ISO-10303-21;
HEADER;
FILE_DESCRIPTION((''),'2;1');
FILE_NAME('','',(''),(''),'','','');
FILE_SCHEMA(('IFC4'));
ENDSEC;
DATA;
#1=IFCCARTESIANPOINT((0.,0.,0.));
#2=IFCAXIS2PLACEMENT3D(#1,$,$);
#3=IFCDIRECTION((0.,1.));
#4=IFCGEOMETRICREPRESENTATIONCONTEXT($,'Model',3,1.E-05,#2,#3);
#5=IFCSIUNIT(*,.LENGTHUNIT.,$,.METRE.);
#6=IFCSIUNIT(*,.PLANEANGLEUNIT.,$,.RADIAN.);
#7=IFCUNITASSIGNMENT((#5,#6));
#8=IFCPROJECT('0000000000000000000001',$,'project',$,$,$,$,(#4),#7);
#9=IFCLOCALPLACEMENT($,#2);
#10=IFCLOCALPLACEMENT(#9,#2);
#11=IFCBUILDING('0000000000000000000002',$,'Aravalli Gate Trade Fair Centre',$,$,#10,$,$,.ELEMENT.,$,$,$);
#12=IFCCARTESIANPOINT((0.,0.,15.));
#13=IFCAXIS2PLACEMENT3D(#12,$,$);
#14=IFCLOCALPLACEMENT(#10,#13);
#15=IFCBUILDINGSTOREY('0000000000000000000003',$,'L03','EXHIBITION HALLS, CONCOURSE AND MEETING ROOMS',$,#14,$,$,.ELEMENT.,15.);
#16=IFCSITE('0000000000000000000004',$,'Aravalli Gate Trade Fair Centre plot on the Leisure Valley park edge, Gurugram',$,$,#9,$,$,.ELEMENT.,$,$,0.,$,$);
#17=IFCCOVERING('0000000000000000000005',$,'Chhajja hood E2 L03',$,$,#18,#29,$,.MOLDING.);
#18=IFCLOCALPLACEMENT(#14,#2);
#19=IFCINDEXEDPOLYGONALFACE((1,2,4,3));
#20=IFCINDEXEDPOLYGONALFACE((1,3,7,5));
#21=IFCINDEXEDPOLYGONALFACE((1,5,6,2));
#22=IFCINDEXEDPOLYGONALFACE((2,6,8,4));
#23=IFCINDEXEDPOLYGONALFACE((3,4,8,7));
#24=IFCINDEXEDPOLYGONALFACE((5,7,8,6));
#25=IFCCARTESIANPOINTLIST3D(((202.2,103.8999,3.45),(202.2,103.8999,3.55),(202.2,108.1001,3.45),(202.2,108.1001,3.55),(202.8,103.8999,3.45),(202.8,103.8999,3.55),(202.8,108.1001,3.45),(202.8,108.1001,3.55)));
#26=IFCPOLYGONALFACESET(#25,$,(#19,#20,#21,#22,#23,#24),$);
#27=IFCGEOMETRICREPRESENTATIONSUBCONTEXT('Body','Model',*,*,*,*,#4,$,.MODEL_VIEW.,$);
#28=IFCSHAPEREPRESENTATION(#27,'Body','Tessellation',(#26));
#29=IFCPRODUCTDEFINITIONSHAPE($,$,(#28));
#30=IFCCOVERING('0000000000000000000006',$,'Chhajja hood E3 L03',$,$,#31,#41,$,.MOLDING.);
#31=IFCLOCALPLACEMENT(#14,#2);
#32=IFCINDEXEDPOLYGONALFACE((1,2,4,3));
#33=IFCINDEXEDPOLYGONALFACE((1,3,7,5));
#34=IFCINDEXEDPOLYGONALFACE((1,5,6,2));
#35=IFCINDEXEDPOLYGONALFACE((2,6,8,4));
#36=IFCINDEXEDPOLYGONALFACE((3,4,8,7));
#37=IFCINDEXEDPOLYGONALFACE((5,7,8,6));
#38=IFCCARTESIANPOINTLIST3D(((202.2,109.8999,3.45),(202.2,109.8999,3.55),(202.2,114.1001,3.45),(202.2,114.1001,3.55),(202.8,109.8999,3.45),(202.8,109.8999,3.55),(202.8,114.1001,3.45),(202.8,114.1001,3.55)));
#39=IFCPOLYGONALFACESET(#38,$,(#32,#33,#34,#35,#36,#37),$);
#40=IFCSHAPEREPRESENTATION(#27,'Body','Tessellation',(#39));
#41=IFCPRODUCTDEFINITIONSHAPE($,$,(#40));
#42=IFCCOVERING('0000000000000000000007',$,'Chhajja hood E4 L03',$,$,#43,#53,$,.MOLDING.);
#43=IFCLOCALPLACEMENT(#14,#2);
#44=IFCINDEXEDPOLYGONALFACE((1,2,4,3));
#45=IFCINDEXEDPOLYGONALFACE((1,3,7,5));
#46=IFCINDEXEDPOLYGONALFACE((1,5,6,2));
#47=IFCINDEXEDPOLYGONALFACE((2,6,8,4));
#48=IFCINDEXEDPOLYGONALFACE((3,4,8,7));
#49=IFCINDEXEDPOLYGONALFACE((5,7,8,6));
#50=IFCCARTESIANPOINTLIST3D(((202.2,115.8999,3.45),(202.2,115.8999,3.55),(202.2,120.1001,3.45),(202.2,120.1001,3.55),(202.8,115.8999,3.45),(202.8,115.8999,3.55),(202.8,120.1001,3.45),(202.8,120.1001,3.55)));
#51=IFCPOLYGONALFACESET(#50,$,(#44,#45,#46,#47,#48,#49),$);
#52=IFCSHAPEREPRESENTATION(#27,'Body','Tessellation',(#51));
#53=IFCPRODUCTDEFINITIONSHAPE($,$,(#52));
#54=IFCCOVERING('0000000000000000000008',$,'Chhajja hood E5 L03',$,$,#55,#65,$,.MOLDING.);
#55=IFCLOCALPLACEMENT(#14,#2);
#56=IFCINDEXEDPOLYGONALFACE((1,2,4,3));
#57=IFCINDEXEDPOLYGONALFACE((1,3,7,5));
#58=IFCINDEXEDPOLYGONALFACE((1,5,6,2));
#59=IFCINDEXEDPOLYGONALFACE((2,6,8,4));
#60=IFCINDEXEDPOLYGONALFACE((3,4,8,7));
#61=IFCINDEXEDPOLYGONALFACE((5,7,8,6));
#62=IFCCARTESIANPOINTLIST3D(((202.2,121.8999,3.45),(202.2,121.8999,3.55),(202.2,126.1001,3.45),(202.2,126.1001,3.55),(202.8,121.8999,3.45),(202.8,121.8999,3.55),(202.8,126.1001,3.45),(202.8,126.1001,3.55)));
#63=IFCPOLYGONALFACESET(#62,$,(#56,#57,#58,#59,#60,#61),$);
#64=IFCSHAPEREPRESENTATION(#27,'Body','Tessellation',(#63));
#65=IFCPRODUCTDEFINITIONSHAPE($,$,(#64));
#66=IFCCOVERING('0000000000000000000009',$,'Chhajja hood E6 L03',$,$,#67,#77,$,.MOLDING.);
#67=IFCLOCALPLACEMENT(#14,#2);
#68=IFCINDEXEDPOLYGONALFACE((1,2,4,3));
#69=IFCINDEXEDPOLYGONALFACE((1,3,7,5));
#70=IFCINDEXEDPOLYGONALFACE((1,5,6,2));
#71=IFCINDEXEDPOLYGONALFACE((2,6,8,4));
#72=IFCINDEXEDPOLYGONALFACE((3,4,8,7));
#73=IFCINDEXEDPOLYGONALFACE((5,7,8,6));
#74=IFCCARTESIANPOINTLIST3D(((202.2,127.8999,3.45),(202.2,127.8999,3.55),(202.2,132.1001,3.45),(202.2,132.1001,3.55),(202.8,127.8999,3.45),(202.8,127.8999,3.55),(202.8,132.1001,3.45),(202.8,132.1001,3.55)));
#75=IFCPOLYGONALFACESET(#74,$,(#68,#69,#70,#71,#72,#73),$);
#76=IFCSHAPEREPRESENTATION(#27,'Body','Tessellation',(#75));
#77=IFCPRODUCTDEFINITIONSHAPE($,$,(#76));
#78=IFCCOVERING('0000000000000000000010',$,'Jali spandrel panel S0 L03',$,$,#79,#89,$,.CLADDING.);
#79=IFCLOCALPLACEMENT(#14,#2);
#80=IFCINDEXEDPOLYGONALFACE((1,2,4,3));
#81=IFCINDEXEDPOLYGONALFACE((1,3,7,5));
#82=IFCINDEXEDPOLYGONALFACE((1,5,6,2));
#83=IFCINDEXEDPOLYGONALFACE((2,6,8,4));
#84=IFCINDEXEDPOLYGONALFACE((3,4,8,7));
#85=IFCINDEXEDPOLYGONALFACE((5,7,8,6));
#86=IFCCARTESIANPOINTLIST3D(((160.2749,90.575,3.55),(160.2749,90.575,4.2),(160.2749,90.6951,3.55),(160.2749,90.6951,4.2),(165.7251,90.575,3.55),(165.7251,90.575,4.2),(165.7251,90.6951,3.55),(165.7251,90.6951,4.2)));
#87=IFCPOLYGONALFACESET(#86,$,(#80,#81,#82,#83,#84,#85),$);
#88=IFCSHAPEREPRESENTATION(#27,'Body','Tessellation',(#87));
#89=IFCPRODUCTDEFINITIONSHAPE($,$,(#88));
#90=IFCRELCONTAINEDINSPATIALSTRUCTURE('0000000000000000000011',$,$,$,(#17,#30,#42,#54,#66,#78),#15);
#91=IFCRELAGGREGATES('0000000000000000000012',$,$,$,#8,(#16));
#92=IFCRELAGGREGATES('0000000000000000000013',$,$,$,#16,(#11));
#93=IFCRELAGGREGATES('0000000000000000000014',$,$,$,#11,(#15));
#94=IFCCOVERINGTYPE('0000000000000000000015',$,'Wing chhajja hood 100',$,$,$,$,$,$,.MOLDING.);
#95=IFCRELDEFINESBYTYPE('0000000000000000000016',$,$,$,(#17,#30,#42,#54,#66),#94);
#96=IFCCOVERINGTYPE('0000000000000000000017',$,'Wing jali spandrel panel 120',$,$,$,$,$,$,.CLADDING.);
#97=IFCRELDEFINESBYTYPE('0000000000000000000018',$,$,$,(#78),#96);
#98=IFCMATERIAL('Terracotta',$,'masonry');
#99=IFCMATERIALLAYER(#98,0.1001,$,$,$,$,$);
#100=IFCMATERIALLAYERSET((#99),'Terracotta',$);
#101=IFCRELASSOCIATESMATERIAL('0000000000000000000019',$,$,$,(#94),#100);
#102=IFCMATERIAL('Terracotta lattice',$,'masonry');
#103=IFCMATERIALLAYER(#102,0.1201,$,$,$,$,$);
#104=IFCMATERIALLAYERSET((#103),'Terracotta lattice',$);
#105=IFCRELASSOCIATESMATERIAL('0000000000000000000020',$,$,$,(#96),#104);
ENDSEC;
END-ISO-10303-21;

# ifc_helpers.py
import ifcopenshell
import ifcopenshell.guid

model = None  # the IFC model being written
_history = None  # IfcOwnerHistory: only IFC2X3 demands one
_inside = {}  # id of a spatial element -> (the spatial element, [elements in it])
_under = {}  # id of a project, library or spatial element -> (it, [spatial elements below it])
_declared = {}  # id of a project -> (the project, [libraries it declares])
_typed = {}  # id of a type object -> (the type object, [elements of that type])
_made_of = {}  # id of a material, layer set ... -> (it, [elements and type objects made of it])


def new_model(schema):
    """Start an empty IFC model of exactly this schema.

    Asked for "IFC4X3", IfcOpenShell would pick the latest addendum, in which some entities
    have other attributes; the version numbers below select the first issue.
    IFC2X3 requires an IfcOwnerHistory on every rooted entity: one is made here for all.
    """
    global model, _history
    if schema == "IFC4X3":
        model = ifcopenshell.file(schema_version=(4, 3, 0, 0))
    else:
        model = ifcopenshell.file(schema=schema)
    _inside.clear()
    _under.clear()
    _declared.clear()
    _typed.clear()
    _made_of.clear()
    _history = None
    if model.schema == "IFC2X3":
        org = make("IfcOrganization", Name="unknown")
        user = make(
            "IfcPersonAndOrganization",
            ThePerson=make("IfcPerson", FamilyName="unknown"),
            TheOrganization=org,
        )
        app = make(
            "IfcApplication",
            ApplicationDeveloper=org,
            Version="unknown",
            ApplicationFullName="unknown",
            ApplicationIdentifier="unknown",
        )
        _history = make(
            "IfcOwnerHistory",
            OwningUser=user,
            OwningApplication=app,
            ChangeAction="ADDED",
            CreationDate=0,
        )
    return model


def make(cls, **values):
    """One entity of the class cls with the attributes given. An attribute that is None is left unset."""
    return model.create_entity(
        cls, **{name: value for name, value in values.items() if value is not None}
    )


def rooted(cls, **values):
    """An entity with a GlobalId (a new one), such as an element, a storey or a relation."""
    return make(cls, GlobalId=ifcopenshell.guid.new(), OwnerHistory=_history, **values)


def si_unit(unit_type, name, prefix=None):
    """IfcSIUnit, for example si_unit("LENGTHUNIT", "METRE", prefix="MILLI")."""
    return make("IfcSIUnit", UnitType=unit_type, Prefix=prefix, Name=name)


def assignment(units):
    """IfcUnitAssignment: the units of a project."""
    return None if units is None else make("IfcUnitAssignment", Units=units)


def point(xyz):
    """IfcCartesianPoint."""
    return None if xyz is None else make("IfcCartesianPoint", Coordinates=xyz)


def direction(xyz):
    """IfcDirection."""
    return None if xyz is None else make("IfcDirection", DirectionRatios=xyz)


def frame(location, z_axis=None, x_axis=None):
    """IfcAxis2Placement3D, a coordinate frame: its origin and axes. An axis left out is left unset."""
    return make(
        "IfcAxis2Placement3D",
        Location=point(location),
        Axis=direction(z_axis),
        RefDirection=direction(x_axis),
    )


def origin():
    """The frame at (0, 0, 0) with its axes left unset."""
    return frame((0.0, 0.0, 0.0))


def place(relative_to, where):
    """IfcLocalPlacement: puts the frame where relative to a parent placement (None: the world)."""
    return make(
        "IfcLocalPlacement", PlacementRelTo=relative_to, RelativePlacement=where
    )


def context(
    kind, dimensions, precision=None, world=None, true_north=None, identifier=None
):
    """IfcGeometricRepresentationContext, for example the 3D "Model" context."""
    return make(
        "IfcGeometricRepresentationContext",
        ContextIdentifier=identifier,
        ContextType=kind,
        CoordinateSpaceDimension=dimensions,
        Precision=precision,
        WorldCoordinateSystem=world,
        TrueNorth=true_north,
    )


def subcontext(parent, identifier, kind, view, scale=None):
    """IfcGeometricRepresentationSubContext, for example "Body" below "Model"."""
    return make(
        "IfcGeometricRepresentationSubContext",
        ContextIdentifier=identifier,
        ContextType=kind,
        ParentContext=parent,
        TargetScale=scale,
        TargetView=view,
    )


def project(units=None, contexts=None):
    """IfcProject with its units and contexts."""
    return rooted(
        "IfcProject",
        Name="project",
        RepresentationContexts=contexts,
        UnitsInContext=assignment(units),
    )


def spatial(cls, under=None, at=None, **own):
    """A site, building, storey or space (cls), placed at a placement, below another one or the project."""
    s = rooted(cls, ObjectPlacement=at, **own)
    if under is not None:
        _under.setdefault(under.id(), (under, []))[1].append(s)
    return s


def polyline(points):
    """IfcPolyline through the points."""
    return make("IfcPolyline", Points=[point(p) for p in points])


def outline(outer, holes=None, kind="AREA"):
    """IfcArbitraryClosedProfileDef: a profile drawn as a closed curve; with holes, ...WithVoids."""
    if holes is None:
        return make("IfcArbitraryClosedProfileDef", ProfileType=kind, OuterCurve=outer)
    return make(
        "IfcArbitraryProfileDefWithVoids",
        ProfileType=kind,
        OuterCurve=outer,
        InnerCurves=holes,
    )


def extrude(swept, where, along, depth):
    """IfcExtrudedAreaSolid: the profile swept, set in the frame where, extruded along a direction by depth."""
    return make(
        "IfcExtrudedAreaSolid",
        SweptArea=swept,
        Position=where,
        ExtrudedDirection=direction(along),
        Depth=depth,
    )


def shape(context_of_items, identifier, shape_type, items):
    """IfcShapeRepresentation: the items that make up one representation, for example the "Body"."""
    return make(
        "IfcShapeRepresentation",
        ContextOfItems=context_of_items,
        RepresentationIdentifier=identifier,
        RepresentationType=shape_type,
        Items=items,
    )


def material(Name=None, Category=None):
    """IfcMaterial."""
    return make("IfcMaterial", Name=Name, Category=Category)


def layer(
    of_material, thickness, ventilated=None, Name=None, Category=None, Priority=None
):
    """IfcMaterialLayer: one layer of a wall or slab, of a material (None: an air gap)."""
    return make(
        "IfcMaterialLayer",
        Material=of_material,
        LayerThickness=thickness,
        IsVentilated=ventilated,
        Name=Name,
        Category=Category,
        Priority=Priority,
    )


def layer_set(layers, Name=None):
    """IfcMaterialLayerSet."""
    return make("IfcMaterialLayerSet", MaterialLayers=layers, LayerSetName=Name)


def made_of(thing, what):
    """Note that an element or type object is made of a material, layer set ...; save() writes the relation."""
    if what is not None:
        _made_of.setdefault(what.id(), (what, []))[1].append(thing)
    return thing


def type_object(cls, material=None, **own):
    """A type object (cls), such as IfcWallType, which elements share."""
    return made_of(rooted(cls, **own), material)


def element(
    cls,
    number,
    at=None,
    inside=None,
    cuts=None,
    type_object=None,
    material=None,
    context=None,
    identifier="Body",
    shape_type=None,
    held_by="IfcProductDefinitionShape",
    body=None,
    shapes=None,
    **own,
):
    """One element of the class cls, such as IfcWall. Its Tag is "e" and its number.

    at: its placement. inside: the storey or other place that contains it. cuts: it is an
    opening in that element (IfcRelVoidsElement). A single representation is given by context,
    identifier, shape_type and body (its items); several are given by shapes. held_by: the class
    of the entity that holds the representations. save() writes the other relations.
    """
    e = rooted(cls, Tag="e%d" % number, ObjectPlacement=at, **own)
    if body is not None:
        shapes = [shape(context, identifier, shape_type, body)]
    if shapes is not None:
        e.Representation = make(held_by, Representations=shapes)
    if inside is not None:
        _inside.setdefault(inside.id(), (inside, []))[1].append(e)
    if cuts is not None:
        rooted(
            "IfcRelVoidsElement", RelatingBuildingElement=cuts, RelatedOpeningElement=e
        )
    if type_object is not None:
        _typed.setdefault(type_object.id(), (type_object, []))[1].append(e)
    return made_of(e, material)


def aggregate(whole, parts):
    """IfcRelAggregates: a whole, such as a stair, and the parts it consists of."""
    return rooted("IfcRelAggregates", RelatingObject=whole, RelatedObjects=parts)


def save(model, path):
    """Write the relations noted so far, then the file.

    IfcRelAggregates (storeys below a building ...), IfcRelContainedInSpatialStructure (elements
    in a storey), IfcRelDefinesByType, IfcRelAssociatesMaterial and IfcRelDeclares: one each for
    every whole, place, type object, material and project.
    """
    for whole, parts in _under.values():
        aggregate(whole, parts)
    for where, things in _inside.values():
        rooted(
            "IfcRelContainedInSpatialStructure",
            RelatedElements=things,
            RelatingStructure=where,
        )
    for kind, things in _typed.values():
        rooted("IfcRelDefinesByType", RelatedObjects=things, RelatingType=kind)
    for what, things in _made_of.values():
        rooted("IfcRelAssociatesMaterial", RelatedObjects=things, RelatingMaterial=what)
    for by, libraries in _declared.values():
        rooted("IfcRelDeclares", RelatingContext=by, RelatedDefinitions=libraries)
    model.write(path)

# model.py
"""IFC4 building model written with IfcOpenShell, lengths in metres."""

from ifc_helpers import new_model, si_unit, direction, frame, origin, place, context, subcontext, project, spatial, polyline, outline, extrude, material, layer, layer_set, type_object, element, save


model = new_model("IFC4")

# Units and contexts
model_context = context("Model", 3, precision=1e-05, world=origin(), true_north=direction((0.0, 1.0)))
body_context = subcontext(model_context, "Body", "Model", "MODEL_VIEW")
ifc_project = project(units=[si_unit("LENGTHUNIT", "METRE"), si_unit("PLANEANGLEUNIT", "RADIAN")], contexts=[model_context])

# Site, building, storey
site_placement = place(None, origin())
site = spatial("IfcSite", under=ifc_project, at=site_placement, Name="Aravalli Gate Trade Fair Centre plot on the Leisure Valley park edge, Gurugram", CompositionType="ELEMENT", RefElevation=0.0)
building_placement = place(site_placement, origin())
building = spatial("IfcBuilding", under=site, at=building_placement, Name="Aravalli Gate Trade Fair Centre", CompositionType="ELEMENT")
storey_placement = place(building_placement, frame((0.0, 0.0, 15.0)))
storey = spatial("IfcBuildingStorey", under=building, at=storey_placement, Name="L03", Description="EXHIBITION HALLS, CONCOURSE AND MEETING ROOMS", CompositionType="ELEMENT", Elevation=15.0)

# Coverings
ifc_material_1 = material(Name="Terracotta", Category="masonry")
ifc_layer_1 = layer(ifc_material_1, 0.1001)
ifc_layer_set_1 = layer_set([ifc_layer_1], Name="Terracotta")
covering_type_1 = type_object("IfcCoveringType", Name="Wing chhajja hood 100", PredefinedType="MOLDING", material=ifc_layer_set_1)
covering_1_placement = place(storey_placement, frame((0.0, 0.0, 3.45)))
element("IfcCovering", 1, at=covering_1_placement, inside=storey, type_object=covering_type_1, Name="Chhajja hood E2 L03", PredefinedType="MOLDING", context=body_context, shape_type="SweptSolid", body=[
    extrude(outline(polyline([(202.2, 103.8999), (202.8, 103.8999), (202.8, 108.1001), (202.2, 108.1001), (202.2, 103.8999)])), origin(), (0.0, 0.0, 1.0), 0.1001),
])
covering_2_placement = place(storey_placement, frame((0.0, 0.0, 3.45)))
element("IfcCovering", 2, at=covering_2_placement, inside=storey, type_object=covering_type_1, Name="Chhajja hood E3 L03", PredefinedType="MOLDING", context=body_context, shape_type="SweptSolid", body=[
    extrude(outline(polyline([(202.2, 109.8999), (202.8, 109.8999), (202.8, 114.1001), (202.2, 114.1001), (202.2, 109.8999)])), origin(), (0.0, 0.0, 1.0), 0.1001),
])
covering_3_placement = place(storey_placement, frame((0.0, 0.0, 3.45)))
element("IfcCovering", 3, at=covering_3_placement, inside=storey, type_object=covering_type_1, Name="Chhajja hood E4 L03", PredefinedType="MOLDING", context=body_context, shape_type="SweptSolid", body=[
    extrude(outline(polyline([(202.2, 115.8999), (202.8, 115.8999), (202.8, 120.1001), (202.2, 120.1001), (202.2, 115.8999)])), origin(), (0.0, 0.0, 1.0), 0.1001),
])
covering_4_placement = place(storey_placement, frame((0.0, 0.0, 3.45)))
element("IfcCovering", 4, at=covering_4_placement, inside=storey, type_object=covering_type_1, Name="Chhajja hood E5 L03", PredefinedType="MOLDING", context=body_context, shape_type="SweptSolid", body=[
    extrude(outline(polyline([(202.2, 121.8999), (202.8, 121.8999), (202.8, 126.1001), (202.2, 126.1001), (202.2, 121.8999)])), origin(), (0.0, 0.0, 1.0), 0.1001),
])
covering_5_placement = place(storey_placement, frame((0.0, 0.0, 3.45)))
element("IfcCovering", 5, at=covering_5_placement, inside=storey, type_object=covering_type_1, Name="Chhajja hood E6 L03", PredefinedType="MOLDING", context=body_context, shape_type="SweptSolid", body=[
    extrude(outline(polyline([(202.2, 127.8999), (202.8, 127.8999), (202.8, 132.1001), (202.2, 132.1001), (202.2, 127.8999)])), origin(), (0.0, 0.0, 1.0), 0.1001),
])
ifc_material_2 = material(Name="Terracotta lattice", Category="masonry")
ifc_layer_2 = layer(ifc_material_2, 0.1201)
ifc_layer_set_2 = layer_set([ifc_layer_2], Name="Terracotta lattice")
covering_type_2 = type_object("IfcCoveringType", Name="Wing jali spandrel panel 120", PredefinedType="CLADDING", material=ifc_layer_set_2)
covering_6_placement = place(storey_placement, frame((0.0, 0.0, 3.55)))
element("IfcCovering", 6, at=covering_6_placement, inside=storey, type_object=covering_type_2, Name="Jali spandrel panel S0 L03", PredefinedType="CLADDING", context=body_context, shape_type="SweptSolid", body=[
    extrude(outline(polyline([(160.2749, 90.575), (165.7251, 90.575), (165.7251, 90.6951), (160.2749, 90.6951), (160.2749, 90.575)])), origin(), (0.0, 0.0, 1.0), 0.6499),
])

save(model, "model.ifc")
